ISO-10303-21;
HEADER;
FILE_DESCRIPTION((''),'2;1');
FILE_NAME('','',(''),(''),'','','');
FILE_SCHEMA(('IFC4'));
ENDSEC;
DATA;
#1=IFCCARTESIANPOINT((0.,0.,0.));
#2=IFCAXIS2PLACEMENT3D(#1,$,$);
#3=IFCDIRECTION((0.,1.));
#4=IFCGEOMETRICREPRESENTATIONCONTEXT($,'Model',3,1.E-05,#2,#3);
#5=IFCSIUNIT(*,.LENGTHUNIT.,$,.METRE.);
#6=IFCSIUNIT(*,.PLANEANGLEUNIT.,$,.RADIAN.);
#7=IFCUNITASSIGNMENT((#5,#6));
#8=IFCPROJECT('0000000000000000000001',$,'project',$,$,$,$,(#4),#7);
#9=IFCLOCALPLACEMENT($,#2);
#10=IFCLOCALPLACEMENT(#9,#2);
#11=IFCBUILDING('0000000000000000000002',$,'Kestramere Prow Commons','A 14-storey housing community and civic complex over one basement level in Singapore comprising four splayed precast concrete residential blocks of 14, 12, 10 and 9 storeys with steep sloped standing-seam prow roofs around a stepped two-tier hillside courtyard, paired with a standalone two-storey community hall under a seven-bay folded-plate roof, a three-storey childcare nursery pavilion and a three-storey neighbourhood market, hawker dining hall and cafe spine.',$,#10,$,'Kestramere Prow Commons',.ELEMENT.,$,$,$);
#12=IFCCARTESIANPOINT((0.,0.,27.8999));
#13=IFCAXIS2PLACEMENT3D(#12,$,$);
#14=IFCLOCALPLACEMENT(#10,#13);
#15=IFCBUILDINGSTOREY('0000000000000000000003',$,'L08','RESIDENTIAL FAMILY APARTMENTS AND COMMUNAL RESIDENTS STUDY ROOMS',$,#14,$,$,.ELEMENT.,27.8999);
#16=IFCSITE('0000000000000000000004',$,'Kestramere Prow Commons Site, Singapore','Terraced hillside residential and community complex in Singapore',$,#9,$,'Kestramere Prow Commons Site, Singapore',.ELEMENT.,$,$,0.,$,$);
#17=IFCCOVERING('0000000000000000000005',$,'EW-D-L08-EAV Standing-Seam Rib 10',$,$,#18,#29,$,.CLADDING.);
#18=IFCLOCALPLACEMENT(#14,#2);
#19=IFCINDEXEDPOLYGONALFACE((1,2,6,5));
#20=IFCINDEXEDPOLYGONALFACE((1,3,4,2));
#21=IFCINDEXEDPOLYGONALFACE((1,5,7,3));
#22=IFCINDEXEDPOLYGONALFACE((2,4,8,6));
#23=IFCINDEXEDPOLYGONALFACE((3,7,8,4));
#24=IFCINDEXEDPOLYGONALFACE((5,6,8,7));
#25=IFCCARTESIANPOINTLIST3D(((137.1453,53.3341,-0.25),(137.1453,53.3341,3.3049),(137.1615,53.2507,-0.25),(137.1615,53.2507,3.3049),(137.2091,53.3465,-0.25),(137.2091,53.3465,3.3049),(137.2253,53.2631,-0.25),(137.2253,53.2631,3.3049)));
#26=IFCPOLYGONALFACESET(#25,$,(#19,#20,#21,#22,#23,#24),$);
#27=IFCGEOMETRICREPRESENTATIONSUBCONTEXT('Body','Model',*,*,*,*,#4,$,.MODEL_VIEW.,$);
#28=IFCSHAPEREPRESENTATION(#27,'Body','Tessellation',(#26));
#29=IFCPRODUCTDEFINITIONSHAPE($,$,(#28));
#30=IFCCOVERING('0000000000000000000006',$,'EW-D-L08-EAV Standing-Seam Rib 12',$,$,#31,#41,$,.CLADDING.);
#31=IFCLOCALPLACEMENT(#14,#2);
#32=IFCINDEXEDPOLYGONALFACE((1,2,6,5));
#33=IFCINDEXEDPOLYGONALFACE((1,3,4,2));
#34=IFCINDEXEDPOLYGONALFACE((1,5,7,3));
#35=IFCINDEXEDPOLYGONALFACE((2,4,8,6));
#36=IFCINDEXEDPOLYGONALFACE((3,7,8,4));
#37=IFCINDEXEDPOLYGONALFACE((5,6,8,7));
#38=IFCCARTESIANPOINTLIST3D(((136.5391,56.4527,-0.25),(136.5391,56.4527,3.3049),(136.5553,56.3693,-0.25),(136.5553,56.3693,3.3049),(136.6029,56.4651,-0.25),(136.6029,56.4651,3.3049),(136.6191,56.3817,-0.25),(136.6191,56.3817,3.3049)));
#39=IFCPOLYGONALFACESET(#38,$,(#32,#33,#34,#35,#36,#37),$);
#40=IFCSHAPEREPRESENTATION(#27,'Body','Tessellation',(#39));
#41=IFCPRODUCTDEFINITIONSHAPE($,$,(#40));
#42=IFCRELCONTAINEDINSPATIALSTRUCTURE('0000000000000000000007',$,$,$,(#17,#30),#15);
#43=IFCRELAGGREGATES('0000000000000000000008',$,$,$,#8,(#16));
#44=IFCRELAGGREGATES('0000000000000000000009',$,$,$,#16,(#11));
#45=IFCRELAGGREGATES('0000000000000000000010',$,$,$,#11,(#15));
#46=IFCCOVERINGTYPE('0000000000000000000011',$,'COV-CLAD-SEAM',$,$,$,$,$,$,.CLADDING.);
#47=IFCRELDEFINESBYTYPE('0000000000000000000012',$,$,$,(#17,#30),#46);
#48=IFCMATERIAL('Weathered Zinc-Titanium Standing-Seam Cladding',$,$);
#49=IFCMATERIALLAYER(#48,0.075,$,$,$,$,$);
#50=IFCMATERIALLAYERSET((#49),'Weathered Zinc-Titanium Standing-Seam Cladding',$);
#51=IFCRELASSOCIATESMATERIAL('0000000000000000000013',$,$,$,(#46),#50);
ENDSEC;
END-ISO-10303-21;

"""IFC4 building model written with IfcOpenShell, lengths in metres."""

from ifc_helpers import new_model, si_unit, direction, frame, origin, origin_2d, place, context, subcontext, project, spatial, rectangle, extrude, material, layer, layer_set, type_object, element, save


model = new_model("IFC4")

# Units and contexts
model_context = context("Model", 3, precision=1e-05, world=origin(), true_north=direction((0.0, 1.0)))
body_context = subcontext(model_context, "Body", "Model", "MODEL_VIEW")
ifc_project = project(units=[si_unit("LENGTHUNIT", "METRE"), si_unit("PLANEANGLEUNIT", "RADIAN")], contexts=[model_context])

# Site, building, storey
site_placement = place(None, origin())
site = spatial("IfcSite", under=ifc_project, at=site_placement, Name="Kestramere Prow Commons Site, Singapore", Description="Terraced hillside residential and community complex in Singapore", LongName="Kestramere Prow Commons Site, Singapore", CompositionType="ELEMENT", RefElevation=0.0)
building_placement = place(site_placement, origin())
building = spatial("IfcBuilding", under=site, at=building_placement, Name="Kestramere Prow Commons", Description="A 14-storey housing community and civic complex over one basement level in Singapore comprising four splayed precast concrete residential blocks of 14, 12, 10 and 9 storeys with steep sloped standing-seam prow roofs around a stepped two-tier hillside courtyard, paired with a standalone two-storey community hall under a seven-bay folded-plate roof, a three-storey childcare nursery pavilion and a three-storey neighbourhood market, hawker dining hall and cafe spine.", LongName="Kestramere Prow Commons", CompositionType="ELEMENT")
storey_placement = place(building_placement, frame((0.0, 0.0, 27.8999)))
storey = spatial("IfcBuildingStorey", under=building, at=storey_placement, Name="L08", Description="RESIDENTIAL FAMILY APARTMENTS AND COMMUNAL RESIDENTS STUDY ROOMS", CompositionType="ELEMENT", Elevation=27.8999)

# Coverings
ifc_material_1 = material(Name="Weathered Zinc-Titanium Standing-Seam Cladding")
ifc_layer_1 = layer(ifc_material_1, 0.075)
ifc_layer_set_1 = layer_set([ifc_layer_1], Name="Weathered Zinc-Titanium Standing-Seam Cladding")
covering_type = type_object("IfcCoveringType", Name="COV-CLAD-SEAM", PredefinedType="CLADDING", material=ifc_layer_set_1)
for number, where, z_axis, x_axis, name in (
    (1, (137.1853, 53.2986, -0.25), (0.0, 0.0, 1.0), (-0.190809, 0.981627, 0.0), "EW-D-L08-EAV Standing-Seam Rib 10"),
    (2, (136.5791, 56.4172, -0.25), (0.0, 0.0, 1.0), (-0.190809, 0.981627, 0.0), "EW-D-L08-EAV Standing-Seam Rib 12"),
):
    element("IfcCovering", number, at=place(storey_placement, frame(where, z_axis=z_axis, x_axis=x_axis)), inside=storey, type_object=covering_type, Name=name, PredefinedType="CLADDING", context=body_context, shape_type="SweptSolid", body=[
        extrude(rectangle(XDim=0.085, YDim=0.0649, at=origin_2d()), origin(), (0.0, 0.0, 1.0), 3.5549),
    ])

save(model, "model.ifc")
